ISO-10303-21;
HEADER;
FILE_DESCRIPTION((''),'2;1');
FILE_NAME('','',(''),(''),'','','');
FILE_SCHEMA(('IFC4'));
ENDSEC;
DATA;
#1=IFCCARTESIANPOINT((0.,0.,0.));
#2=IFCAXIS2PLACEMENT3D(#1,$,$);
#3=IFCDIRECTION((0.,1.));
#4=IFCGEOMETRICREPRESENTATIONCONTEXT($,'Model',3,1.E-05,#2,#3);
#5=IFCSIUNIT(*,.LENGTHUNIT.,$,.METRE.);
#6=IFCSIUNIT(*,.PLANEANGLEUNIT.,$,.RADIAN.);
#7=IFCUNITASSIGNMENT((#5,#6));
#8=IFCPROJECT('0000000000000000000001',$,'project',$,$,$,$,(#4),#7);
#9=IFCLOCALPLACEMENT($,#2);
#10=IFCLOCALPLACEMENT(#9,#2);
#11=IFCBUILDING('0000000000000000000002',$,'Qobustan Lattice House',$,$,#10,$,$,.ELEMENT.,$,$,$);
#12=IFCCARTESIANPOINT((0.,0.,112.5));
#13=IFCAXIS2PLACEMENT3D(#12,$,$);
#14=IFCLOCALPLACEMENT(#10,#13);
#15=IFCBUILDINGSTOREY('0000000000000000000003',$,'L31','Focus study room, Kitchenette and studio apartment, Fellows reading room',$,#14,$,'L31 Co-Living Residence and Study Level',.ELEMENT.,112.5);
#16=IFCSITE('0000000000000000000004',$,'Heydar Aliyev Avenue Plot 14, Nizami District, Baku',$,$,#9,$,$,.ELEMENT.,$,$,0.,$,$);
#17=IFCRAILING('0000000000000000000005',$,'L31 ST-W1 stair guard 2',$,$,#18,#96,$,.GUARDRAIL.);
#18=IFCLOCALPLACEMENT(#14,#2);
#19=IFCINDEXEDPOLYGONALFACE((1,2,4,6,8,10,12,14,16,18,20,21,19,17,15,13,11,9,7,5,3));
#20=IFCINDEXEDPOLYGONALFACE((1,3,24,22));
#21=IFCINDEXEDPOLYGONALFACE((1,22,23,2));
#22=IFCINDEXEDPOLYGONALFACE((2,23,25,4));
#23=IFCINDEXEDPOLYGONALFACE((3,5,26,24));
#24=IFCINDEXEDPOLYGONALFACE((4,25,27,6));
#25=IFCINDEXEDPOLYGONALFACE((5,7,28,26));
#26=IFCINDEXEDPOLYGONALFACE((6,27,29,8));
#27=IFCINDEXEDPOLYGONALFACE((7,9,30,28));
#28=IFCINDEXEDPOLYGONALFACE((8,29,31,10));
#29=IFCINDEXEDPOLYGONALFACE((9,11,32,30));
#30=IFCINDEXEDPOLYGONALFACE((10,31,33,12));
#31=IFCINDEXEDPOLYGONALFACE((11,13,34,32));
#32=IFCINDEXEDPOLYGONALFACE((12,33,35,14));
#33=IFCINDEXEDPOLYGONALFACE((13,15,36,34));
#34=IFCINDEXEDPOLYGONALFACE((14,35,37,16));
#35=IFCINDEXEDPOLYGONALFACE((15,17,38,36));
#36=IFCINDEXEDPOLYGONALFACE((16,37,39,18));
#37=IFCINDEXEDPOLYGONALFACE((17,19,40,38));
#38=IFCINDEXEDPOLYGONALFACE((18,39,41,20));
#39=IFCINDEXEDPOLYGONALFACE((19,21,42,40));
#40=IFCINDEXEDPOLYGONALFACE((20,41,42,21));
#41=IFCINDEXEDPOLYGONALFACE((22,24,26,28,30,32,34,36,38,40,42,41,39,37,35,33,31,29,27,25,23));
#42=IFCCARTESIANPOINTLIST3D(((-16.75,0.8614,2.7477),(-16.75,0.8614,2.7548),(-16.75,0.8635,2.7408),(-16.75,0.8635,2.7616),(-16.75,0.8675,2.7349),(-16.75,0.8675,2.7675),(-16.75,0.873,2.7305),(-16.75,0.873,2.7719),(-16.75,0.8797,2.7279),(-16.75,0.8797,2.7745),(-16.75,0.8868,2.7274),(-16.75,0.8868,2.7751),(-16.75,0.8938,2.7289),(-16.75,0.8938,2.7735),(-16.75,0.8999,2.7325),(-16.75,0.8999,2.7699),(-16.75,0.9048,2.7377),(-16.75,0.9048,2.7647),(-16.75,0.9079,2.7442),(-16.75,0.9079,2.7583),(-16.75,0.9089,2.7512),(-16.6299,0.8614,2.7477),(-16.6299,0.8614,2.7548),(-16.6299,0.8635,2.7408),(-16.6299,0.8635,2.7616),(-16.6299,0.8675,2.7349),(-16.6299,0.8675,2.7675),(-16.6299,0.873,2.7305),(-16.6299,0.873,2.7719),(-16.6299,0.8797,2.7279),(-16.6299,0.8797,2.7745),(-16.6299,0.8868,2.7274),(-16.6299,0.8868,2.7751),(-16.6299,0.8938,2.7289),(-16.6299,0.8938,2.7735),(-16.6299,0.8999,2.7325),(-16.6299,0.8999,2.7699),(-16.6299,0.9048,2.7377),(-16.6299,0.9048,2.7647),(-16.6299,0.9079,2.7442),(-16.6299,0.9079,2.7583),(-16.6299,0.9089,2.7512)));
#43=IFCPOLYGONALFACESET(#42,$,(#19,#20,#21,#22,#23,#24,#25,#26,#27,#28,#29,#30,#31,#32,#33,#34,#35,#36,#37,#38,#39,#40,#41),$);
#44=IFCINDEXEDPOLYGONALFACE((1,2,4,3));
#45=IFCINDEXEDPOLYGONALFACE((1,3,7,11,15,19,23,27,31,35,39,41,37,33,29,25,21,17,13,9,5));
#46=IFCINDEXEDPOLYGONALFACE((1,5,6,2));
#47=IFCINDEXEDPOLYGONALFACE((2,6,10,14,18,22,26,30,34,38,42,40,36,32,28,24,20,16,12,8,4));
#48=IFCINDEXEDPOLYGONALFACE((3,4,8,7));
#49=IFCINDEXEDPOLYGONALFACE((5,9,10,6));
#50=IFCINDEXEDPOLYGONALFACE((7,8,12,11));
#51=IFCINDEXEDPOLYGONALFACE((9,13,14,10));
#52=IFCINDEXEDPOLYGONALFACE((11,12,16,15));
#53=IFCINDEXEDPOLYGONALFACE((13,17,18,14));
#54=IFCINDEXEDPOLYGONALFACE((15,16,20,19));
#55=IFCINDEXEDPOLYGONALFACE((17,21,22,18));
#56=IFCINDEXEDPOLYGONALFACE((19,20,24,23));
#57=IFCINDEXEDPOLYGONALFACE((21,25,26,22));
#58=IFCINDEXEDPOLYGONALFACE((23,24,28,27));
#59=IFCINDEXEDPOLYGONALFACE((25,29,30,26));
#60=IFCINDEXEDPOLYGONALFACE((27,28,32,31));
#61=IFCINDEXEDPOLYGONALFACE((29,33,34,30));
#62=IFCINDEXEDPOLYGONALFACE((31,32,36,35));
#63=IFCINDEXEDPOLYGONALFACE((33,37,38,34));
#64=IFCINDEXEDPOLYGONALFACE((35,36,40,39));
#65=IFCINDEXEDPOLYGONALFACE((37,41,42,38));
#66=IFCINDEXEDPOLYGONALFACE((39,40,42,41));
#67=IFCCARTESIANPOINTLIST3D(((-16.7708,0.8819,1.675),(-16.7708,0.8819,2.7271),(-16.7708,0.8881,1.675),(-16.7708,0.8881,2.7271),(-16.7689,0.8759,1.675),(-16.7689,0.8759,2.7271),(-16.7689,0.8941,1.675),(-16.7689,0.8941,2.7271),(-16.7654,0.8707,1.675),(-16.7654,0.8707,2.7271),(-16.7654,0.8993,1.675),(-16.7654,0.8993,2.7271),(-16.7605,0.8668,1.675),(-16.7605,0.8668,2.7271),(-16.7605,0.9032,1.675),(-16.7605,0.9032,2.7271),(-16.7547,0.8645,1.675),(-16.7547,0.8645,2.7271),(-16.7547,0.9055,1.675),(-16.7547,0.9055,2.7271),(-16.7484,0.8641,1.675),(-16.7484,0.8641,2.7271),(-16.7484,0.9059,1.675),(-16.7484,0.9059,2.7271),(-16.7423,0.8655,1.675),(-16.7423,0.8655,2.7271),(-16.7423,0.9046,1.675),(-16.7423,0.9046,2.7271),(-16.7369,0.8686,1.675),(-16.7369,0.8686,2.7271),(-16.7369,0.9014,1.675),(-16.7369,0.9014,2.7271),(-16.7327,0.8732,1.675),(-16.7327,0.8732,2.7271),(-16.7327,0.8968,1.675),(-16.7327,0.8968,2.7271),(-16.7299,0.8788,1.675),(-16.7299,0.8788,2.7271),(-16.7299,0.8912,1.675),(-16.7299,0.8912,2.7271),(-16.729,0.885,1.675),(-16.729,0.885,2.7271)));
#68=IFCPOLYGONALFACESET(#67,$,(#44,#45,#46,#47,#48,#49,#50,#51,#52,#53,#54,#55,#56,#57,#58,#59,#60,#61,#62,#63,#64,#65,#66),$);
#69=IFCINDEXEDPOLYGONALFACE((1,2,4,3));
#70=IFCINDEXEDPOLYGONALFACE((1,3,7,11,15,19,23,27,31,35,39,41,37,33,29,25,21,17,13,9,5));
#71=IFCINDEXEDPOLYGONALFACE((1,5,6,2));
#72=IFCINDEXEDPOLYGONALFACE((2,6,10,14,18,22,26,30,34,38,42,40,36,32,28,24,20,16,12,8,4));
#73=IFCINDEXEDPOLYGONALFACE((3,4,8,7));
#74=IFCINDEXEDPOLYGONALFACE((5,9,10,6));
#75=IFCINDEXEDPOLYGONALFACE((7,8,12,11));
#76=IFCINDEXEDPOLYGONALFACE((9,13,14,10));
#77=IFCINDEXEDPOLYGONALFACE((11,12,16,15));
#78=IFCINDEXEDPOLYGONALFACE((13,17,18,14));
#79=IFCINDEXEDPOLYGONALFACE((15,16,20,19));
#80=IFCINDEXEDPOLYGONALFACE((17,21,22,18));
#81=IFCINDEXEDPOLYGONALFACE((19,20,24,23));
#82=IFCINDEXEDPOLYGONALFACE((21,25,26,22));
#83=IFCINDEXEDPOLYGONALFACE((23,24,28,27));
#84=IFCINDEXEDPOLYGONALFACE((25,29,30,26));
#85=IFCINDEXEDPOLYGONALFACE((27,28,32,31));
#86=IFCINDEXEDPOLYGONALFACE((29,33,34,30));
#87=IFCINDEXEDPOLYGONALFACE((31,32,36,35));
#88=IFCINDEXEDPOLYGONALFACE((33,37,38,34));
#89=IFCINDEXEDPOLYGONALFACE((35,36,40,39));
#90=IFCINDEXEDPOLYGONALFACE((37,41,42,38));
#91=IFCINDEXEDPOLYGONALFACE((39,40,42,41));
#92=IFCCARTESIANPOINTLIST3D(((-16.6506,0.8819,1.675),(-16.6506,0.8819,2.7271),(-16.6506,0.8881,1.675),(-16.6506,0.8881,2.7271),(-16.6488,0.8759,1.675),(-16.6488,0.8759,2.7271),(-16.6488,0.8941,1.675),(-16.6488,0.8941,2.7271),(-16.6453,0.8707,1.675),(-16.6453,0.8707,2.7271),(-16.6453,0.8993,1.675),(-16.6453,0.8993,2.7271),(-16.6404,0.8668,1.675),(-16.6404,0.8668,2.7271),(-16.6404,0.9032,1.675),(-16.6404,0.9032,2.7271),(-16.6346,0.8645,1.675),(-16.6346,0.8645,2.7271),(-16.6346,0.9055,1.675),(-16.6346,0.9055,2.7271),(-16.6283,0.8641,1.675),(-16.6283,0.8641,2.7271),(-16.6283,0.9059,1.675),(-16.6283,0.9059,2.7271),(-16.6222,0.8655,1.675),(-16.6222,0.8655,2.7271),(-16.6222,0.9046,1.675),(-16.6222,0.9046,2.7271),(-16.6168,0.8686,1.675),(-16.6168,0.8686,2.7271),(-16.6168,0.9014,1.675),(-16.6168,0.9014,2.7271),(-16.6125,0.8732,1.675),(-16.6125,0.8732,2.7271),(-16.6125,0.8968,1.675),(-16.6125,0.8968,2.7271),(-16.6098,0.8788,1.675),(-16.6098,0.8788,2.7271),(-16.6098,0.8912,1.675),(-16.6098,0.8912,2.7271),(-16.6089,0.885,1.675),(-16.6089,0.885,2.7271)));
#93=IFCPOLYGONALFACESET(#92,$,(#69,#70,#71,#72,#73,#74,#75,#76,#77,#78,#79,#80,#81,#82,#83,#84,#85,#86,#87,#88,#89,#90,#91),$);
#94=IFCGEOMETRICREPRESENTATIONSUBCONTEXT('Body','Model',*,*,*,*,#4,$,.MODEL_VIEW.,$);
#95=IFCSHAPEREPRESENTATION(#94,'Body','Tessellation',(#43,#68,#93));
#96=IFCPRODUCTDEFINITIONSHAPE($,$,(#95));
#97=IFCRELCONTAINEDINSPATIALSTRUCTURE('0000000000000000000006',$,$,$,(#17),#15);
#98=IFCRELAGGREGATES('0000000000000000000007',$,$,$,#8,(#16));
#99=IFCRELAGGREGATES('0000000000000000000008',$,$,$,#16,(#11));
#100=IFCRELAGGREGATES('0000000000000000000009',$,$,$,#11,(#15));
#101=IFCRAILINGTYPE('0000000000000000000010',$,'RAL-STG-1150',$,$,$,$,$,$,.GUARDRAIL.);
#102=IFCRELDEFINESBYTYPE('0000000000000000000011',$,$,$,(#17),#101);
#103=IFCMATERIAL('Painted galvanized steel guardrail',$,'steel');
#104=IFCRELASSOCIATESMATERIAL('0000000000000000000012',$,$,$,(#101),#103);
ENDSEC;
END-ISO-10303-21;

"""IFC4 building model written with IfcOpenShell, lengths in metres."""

from ifc_helpers import new_model, si_unit, direction, frame, origin, origin_2d, place, context, subcontext, project, spatial, circle, extrude, material, type_object, element, save


model = new_model("IFC4")

# Units and contexts
model_context = context("Model", 3, precision=1e-05, world=origin(), true_north=direction((0.0, 1.0)))
body_context = subcontext(model_context, "Body", "Model", "MODEL_VIEW")
ifc_project = project(units=[si_unit("LENGTHUNIT", "METRE"), si_unit("PLANEANGLEUNIT", "RADIAN")], contexts=[model_context])

# Site, building, storey
site_placement = place(None, origin())
site = spatial("IfcSite", under=ifc_project, at=site_placement, Name="Heydar Aliyev Avenue Plot 14, Nizami District, Baku", CompositionType="ELEMENT", RefElevation=0.0)
building_placement = place(site_placement, origin())
building = spatial("IfcBuilding", under=site, at=building_placement, Name="Qobustan Lattice House", CompositionType="ELEMENT")
storey_placement = place(building_placement, frame((0.0, 0.0, 112.5)))
storey = spatial("IfcBuildingStorey", under=building, at=storey_placement, Name="L31", Description="Focus study room, Kitchenette and studio apartment, Fellows reading room", LongName="L31 Co-Living Residence and Study Level", CompositionType="ELEMENT", Elevation=112.5)

# Railing
ifc_material_1 = material(Name="Painted galvanized steel guardrail", Category="steel")
railing_type = type_object("IfcRailingType", Name="RAL-STG-1150", PredefinedType="GUARDRAIL", material=ifc_material_1)
railing_placement = place(storey_placement, frame((-16.75, 0.885, 1.675)))
element("IfcRailing", 1, at=railing_placement, inside=storey, type_object=railing_type, Name="L31 ST-W1 stair guard 2", PredefinedType="GUARDRAIL", context=body_context, shape_type="SweptSolid", body=[
    extrude(circle(Radius=0.0239, at=origin_2d()), frame((0.0, 0.0, 1.0762), z_axis=(1.0, 0.0, 0.0), x_axis=(0.0, 1.0, 0.0)), (0.0, 0.0, 1.0), 0.1201),
    extrude(circle(Radius=0.021, at=origin_2d()), origin(), (0.0, 0.0, 1.0), 1.052),
    extrude(circle(Radius=0.021, at=origin_2d()), frame((0.1201, 0.0, 0.0)), (0.0, 0.0, 1.0), 1.052),
])

save(model, "model.ifc")
